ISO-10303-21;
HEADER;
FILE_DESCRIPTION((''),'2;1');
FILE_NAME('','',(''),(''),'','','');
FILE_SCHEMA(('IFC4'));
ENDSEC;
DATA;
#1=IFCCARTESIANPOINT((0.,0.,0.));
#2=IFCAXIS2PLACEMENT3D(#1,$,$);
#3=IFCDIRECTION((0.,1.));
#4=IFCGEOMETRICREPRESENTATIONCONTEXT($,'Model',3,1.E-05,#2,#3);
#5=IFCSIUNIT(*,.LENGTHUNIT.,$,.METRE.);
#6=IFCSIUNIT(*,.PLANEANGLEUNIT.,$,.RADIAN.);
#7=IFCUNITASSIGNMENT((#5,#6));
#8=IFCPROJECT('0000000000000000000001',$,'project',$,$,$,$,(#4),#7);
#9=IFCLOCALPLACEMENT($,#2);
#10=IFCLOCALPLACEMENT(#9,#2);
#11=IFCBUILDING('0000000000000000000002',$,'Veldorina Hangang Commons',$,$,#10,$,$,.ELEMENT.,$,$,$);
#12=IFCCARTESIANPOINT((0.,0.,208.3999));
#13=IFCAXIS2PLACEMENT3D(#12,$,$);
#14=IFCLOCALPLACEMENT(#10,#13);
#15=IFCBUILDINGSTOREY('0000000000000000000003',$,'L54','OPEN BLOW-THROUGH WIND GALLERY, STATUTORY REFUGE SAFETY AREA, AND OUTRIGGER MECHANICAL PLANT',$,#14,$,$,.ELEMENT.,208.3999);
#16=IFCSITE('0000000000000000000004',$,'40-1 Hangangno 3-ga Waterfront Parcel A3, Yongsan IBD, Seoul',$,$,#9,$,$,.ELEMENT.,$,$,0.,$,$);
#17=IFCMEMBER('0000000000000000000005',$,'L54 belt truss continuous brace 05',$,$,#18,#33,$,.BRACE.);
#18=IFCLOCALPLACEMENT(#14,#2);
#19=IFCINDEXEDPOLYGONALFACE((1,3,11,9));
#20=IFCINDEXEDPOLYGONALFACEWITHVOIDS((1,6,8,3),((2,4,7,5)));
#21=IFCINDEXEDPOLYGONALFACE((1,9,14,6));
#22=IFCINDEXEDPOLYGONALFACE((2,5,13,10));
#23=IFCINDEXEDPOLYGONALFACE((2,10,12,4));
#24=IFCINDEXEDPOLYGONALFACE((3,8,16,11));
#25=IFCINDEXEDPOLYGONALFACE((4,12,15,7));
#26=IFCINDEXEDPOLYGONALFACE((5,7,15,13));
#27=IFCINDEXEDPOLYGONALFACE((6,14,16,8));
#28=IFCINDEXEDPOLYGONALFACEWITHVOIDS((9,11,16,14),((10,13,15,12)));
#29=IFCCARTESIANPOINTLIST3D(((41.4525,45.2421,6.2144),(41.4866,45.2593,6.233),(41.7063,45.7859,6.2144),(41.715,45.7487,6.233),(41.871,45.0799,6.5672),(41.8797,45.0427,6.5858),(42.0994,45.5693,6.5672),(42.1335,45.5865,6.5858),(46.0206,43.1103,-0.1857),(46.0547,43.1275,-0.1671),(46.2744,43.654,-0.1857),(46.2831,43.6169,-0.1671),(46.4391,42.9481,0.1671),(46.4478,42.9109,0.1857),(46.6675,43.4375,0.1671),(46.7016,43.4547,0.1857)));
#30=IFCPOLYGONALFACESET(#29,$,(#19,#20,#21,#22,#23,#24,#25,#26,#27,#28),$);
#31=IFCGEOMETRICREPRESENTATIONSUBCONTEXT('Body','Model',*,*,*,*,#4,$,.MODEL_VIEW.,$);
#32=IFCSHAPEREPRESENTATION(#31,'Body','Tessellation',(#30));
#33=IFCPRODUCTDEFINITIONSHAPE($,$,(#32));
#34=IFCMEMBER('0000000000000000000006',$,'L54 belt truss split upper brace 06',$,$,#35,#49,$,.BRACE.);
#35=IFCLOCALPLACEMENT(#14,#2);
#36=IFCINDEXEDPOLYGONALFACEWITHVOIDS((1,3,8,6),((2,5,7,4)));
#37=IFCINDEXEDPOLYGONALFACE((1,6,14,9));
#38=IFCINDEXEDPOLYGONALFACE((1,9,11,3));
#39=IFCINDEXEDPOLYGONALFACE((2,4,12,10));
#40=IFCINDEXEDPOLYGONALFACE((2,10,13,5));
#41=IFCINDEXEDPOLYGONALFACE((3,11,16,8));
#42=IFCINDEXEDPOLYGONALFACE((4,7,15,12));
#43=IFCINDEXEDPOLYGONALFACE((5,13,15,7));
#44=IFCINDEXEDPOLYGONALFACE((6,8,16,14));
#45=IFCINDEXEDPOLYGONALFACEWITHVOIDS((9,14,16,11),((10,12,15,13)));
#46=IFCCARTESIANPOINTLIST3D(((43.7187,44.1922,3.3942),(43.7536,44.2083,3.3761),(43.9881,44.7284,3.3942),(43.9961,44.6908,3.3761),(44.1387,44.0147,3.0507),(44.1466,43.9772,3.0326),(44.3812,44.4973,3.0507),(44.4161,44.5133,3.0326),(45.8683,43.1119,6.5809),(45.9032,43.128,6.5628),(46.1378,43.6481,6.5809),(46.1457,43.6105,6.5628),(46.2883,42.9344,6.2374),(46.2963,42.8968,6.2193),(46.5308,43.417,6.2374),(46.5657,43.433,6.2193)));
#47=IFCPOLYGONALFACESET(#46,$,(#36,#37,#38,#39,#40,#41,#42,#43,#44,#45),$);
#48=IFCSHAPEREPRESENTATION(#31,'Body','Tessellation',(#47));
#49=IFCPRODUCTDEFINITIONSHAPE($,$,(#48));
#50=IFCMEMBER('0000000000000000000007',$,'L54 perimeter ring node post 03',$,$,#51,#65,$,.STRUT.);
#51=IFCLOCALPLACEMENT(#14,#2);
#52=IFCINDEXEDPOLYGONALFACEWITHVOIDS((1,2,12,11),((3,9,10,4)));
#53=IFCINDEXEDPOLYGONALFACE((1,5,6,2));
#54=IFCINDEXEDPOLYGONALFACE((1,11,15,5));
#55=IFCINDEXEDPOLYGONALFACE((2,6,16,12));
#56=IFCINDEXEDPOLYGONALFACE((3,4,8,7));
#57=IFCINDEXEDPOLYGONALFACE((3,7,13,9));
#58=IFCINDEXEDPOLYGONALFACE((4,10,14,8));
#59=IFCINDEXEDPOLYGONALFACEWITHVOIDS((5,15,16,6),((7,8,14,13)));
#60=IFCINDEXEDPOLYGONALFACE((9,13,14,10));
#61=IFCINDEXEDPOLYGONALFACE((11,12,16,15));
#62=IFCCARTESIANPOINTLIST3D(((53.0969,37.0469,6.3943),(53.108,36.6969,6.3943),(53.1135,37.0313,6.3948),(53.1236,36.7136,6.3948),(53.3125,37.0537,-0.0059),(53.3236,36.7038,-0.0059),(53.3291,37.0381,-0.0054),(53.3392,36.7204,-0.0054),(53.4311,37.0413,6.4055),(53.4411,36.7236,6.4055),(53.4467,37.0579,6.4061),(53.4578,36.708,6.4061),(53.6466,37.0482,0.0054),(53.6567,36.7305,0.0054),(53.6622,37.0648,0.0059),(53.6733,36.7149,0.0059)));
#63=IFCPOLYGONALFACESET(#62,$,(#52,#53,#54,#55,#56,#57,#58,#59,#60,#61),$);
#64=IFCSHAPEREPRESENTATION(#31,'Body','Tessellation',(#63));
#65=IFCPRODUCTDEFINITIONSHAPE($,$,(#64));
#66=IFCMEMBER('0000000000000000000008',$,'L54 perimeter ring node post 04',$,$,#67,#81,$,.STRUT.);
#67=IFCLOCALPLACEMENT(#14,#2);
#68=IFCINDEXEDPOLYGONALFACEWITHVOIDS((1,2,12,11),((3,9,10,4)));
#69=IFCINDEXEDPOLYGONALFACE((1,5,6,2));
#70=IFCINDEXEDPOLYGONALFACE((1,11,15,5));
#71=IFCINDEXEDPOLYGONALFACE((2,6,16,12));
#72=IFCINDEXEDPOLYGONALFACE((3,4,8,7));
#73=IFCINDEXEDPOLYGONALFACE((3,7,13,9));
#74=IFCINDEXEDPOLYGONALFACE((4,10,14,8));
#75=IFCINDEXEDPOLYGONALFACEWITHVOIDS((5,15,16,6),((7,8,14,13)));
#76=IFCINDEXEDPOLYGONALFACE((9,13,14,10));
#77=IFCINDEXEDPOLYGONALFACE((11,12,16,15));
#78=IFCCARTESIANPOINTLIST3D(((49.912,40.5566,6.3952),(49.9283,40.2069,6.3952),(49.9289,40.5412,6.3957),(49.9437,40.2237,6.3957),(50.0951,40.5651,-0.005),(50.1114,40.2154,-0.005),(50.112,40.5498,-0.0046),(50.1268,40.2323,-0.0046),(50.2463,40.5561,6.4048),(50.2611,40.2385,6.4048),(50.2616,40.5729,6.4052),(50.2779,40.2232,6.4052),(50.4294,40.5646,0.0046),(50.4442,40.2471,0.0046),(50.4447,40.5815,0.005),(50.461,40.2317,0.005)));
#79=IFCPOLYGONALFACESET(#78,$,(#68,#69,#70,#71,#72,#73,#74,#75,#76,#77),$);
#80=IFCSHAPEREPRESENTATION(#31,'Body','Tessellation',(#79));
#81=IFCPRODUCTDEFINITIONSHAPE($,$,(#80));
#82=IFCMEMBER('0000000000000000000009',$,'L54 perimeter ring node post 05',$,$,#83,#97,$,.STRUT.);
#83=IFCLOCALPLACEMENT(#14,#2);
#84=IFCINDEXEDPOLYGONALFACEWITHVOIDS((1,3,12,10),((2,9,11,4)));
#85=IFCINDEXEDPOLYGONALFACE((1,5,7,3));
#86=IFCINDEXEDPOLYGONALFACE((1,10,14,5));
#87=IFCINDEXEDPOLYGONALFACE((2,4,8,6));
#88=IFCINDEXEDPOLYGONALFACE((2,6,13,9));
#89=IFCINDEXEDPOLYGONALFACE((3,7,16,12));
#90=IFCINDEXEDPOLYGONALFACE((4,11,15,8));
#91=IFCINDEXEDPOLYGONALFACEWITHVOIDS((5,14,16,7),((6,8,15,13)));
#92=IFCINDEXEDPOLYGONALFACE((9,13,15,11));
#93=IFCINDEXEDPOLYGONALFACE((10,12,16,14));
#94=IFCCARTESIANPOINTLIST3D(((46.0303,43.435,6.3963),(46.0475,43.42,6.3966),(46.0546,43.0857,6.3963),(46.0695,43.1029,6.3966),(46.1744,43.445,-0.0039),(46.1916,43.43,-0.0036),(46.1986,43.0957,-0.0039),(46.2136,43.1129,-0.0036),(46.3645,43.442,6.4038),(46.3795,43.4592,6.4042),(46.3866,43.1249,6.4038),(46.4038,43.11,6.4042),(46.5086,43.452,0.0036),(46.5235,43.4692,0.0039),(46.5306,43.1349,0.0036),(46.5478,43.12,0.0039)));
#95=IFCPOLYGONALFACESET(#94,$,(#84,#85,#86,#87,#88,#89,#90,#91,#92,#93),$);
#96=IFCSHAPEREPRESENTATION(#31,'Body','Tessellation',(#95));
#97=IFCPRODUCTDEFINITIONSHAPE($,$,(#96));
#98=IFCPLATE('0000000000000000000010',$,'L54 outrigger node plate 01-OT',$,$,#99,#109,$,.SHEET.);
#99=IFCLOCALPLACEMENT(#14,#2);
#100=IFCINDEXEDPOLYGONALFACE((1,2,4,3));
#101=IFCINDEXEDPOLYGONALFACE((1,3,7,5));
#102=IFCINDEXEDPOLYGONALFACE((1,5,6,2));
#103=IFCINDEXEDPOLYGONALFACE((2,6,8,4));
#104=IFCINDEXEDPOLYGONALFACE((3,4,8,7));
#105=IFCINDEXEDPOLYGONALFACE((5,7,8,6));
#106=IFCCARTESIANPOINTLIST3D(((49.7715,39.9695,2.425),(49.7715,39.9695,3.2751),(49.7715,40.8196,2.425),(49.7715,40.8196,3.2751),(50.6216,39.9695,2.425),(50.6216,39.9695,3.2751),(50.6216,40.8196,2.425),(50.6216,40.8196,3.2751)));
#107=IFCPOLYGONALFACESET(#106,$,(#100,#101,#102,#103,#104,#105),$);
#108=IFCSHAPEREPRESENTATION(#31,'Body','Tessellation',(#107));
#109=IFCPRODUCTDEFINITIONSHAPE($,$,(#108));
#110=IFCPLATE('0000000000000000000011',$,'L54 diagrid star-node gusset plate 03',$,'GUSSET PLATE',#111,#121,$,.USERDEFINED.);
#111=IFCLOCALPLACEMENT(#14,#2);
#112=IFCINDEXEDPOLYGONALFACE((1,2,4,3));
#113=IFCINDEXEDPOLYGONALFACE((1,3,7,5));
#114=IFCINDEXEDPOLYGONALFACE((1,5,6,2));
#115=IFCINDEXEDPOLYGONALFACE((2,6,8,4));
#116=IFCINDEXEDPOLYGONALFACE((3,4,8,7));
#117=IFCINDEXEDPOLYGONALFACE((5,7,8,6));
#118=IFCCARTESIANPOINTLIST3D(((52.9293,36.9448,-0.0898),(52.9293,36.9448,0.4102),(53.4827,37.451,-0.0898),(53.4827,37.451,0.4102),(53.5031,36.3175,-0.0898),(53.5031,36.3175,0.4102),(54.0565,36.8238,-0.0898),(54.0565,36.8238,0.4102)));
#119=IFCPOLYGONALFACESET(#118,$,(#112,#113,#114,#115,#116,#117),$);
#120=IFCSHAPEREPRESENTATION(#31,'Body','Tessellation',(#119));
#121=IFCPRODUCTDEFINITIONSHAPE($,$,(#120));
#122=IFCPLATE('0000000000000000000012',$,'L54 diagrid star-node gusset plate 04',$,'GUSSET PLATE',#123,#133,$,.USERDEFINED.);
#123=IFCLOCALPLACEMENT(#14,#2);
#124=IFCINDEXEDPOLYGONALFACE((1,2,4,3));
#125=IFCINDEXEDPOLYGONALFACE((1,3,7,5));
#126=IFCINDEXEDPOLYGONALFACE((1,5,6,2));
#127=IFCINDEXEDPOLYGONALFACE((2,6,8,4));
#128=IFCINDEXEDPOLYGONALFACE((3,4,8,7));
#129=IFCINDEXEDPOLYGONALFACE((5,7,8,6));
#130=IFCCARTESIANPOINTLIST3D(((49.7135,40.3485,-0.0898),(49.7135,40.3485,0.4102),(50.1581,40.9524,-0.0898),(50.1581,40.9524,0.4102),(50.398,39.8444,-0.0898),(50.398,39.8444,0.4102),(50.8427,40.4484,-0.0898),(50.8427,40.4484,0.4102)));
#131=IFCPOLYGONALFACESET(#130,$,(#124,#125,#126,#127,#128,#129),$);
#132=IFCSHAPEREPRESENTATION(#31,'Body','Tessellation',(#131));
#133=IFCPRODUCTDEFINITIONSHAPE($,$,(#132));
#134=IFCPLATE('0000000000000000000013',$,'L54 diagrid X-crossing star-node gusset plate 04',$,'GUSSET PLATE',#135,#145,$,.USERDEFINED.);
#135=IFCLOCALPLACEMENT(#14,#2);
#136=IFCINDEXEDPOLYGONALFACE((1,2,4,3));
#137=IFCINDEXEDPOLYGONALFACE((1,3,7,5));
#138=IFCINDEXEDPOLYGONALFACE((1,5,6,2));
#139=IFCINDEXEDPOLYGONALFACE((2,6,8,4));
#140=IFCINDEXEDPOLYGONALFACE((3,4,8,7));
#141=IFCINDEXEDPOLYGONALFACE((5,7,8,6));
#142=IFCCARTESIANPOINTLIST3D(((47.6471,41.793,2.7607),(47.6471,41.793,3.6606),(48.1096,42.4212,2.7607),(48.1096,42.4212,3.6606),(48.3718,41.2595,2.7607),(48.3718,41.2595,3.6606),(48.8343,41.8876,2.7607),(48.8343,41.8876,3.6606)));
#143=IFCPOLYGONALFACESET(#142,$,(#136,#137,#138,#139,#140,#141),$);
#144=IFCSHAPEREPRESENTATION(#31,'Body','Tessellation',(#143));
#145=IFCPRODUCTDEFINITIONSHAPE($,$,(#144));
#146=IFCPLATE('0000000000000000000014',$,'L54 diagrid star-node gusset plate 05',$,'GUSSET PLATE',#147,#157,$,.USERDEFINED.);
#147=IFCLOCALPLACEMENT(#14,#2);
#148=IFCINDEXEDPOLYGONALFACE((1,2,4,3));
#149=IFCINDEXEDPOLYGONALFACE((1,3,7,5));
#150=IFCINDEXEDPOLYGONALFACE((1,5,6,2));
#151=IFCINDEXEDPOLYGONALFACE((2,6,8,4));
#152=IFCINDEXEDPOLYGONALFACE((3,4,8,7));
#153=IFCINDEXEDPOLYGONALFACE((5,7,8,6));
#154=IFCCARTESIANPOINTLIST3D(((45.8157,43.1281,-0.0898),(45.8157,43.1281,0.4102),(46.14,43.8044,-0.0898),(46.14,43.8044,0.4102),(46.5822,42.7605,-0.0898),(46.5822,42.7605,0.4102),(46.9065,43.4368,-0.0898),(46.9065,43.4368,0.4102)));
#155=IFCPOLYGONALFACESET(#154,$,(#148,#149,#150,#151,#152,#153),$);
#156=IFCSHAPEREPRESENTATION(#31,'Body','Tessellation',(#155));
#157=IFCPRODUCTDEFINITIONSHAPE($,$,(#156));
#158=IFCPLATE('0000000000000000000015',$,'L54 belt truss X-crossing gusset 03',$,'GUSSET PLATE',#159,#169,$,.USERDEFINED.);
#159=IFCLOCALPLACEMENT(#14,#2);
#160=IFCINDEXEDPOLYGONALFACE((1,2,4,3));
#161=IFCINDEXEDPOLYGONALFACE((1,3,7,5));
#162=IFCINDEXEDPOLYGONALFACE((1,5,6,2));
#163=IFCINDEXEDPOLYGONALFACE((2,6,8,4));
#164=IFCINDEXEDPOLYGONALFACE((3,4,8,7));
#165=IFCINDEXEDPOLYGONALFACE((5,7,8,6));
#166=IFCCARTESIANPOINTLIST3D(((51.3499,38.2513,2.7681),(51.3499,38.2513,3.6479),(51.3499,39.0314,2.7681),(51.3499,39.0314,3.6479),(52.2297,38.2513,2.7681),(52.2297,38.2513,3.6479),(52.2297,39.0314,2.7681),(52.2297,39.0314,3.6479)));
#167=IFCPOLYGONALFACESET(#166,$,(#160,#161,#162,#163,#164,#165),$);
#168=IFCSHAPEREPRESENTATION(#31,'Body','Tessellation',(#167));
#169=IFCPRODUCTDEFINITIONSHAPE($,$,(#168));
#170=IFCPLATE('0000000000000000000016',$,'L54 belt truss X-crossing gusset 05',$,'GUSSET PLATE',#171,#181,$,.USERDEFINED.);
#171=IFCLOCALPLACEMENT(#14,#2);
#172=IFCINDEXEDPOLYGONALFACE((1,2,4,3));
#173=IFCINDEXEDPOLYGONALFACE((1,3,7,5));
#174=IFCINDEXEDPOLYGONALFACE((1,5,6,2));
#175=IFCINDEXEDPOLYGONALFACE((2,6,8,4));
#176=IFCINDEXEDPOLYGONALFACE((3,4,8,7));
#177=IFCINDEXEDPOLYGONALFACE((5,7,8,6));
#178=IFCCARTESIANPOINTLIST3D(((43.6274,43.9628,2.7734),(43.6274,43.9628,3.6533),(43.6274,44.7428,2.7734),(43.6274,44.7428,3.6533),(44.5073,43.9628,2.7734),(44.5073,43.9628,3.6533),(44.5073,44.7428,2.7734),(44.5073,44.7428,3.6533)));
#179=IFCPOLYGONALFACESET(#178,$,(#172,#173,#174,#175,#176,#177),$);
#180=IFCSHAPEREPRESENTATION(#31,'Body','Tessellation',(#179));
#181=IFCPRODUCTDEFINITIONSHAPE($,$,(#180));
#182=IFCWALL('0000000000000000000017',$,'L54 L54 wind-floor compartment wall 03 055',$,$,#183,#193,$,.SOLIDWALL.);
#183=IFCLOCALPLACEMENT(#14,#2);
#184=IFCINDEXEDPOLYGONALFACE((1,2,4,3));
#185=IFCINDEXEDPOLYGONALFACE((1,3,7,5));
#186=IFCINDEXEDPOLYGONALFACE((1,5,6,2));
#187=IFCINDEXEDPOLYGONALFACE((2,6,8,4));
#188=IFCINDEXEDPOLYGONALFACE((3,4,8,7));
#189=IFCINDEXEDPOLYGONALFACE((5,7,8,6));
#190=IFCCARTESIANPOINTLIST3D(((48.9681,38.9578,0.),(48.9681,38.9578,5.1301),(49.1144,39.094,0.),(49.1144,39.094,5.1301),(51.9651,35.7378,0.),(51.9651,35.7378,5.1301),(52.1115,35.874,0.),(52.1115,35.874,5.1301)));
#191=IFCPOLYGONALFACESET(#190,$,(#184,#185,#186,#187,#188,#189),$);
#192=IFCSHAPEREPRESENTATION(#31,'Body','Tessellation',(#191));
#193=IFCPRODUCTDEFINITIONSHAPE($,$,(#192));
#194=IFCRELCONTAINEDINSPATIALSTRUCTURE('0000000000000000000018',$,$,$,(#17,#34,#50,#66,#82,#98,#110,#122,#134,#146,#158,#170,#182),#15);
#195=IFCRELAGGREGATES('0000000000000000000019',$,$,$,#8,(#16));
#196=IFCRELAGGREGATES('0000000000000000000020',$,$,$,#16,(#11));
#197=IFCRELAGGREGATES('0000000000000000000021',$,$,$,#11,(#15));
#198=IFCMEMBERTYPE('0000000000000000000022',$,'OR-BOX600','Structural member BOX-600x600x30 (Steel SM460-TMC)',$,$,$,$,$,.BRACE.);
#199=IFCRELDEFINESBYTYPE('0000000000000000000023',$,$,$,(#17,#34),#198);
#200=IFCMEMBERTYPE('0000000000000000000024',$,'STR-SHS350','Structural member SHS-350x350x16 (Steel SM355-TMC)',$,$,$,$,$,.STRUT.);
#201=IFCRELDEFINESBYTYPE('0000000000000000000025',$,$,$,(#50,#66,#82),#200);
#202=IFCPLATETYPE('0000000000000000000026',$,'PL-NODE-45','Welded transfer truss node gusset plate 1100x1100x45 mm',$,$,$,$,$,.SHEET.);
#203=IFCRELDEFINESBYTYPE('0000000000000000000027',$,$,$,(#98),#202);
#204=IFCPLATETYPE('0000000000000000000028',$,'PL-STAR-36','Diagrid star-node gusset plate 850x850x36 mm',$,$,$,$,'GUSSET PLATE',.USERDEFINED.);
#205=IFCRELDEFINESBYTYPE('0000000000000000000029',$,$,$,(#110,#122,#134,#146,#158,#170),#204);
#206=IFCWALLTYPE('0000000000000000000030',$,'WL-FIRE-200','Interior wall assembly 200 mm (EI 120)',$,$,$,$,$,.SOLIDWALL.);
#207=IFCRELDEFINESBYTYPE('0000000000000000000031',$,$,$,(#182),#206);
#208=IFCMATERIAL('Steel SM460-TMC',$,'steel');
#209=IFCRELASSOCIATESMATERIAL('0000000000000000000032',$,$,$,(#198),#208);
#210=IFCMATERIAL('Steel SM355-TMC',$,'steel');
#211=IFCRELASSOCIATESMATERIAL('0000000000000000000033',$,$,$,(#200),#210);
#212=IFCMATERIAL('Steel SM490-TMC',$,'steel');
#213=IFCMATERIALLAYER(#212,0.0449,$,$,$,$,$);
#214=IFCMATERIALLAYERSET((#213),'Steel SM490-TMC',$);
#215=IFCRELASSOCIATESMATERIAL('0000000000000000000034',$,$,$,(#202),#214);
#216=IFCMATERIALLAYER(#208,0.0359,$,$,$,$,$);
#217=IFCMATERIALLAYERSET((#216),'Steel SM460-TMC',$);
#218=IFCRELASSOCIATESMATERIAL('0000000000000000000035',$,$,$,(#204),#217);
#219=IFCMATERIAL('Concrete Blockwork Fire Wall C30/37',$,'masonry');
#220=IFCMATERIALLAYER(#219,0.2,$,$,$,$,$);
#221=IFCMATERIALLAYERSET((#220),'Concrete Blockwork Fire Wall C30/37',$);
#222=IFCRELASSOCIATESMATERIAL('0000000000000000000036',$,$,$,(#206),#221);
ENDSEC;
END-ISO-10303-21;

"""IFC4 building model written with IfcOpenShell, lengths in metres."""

from ifc_helpers import new_model, si_unit, direction, frame, frame_2d, origin, origin_2d, place, context, subcontext, project, spatial, rectangle, hollow_rectangle, extrude, material, layer, layer_set, material_profile, profile_set, type_object, element, save


model = new_model("IFC4")

# Units and contexts
model_context = context("Model", 3, precision=1e-05, world=origin(), true_north=direction((0.0, 1.0)))
body_context = subcontext(model_context, "Body", "Model", "MODEL_VIEW")
ifc_project = project(units=[si_unit("LENGTHUNIT", "METRE"), si_unit("PLANEANGLEUNIT", "RADIAN")], contexts=[model_context])

# Site, building, storey
site_placement = place(None, origin())
site = spatial("IfcSite", under=ifc_project, at=site_placement, Name="40-1 Hangangno 3-ga Waterfront Parcel A3, Yongsan IBD, Seoul", CompositionType="ELEMENT", RefElevation=0.0)
building_placement = place(site_placement, origin())
building = spatial("IfcBuilding", under=site, at=building_placement, Name="Veldorina Hangang Commons", CompositionType="ELEMENT")
storey_placement = place(building_placement, frame((0.0, 0.0, 208.3999)))
storey = spatial("IfcBuildingStorey", under=building, at=storey_placement, Name="L54", Description="OPEN BLOW-THROUGH WIND GALLERY, STATUTORY REFUGE SAFETY AREA, AND OUTRIGGER MECHANICAL PLANT", CompositionType="ELEMENT", Elevation=208.3999)

# Shared definitions
ifc_material_1 = material(Name="Steel SM460-TMC", Category="steel")
ifc_material_2 = material(Name="Steel SM355-TMC", Category="steel")

# Members
ifc_material_profile_1 = material_profile(ifc_material_1, hollow_rectangle(XDim=0.6001, YDim=0.6001, WallThickness=0.03, at=origin_2d()), Name="BOX-600x600x30")
ifc_profile_set_1 = profile_set([ifc_material_profile_1], Name="Steel SM460-TMC")
member_type_1 = type_object("IfcMemberType", Name="OR-BOX600", Description="Structural member BOX-600x600x30 (Steel SM460-TMC)", PredefinedType="BRACE", material=ifc_profile_set_1)
member_1_placement = place(storey_placement, frame((46.3611, 43.2825, 0.0), z_axis=(-0.560709, 0.26167, 0.785579), x_axis=(-0.422893, -0.906179, 0.0)))
element("IfcMember", 1, at=member_1_placement, inside=storey, type_object=member_type_1, Name="L54 belt truss continuous brace 05", PredefinedType="BRACE", context=body_context, shape_type="SweptSolid", body=[
    extrude(hollow_rectangle(XDim=0.6001, YDim=0.6001, WallThickness=0.03, at=origin_2d()), origin(), (0.0, 0.0, 1.0), 8.147),
])
member_2_placement = place(storey_placement, frame((44.0674, 44.3528, 3.2134), z_axis=(0.538364, -0.270558, 0.798099), x_axis=(0.449039, 0.893512, 0.0)))
element("IfcMember", 2, at=member_2_placement, inside=storey, type_object=member_type_1, Name="L54 belt truss split upper brace 06", PredefinedType="BRACE", context=body_context, shape_type="SweptSolid", body=[
    extrude(hollow_rectangle(XDim=0.6001, YDim=0.6001, WallThickness=0.03, at=origin_2d()), origin(), (0.0, 0.0, 1.0), 3.9929),
])
ifc_material_profile_2 = material_profile(ifc_material_2, hollow_rectangle(XDim=0.3501, YDim=0.3501, WallThickness=0.0161, at=origin_2d()), Name="SHS-350x350x16")
ifc_profile_set_2 = profile_set([ifc_material_profile_2], Name="Steel SM355-TMC")
member_type_2 = type_object("IfcMemberType", Name="STR-SHS350", Description="Structural member SHS-350x350x16 (Steel SM355-TMC)", PredefinedType="STRUT", material=ifc_profile_set_2)
member_3_placement = place(storey_placement, frame((53.4929, 36.8843, 0.0), z_axis=(-0.033664, -0.001067, 0.999433), x_axis=(0.031694, -0.999498, 0.0)))
element("IfcMember", 3, at=member_3_placement, inside=storey, type_object=member_type_2, Name="L54 perimeter ring node post 03", PredefinedType="STRUT", context=body_context, shape_type="SweptSolid", body=[
    extrude(hollow_rectangle(XDim=0.3501, YDim=0.3501, WallThickness=0.0161, at=origin_2d()), origin(), (0.0, 0.0, 1.0), 6.4038),
])
member_4_placement = place(storey_placement, frame((50.2781, 40.3984, 0.0), z_axis=(-0.028598, -0.001335, 0.99959), x_axis=(0.046616, -0.998913, 0.0)))
element("IfcMember", 4, at=member_4_placement, inside=storey, type_object=member_type_2, Name="L54 perimeter ring node post 04", PredefinedType="STRUT", context=body_context, shape_type="SweptSolid", body=[
    extrude(hollow_rectangle(XDim=0.3501, YDim=0.3501, WallThickness=0.0161, at=origin_2d()), origin(), (0.0, 0.0, 1.0), 6.4028),
])
member_5_placement = place(storey_placement, frame((46.3611, 43.2825, 0.0), z_axis=(-0.0225, -0.001564, 0.999746), x_axis=(0.069324, -0.997594, 0.0)))
element("IfcMember", 5, at=member_5_placement, inside=storey, type_object=member_type_2, Name="L54 perimeter ring node post 05", PredefinedType="STRUT", context=body_context, shape_type="SweptSolid", body=[
    extrude(hollow_rectangle(XDim=0.3501, YDim=0.3501, WallThickness=0.0161, at=origin_2d()), origin(), (0.0, 0.0, 1.0), 6.4019),
])

# Plates
ifc_material_3 = material(Name="Steel SM490-TMC", Category="steel")
ifc_layer_1 = layer(ifc_material_3, 0.0449)
ifc_layer_set_1 = layer_set([ifc_layer_1], Name="Steel SM490-TMC")
plate_type_1 = type_object("IfcPlateType", Name="PL-NODE-45", Description="Welded transfer truss node gusset plate 1100x1100x45 mm", PredefinedType="SHEET", material=ifc_layer_set_1)
plate_1_placement = place(storey_placement, frame((50.1965, 40.3945, 2.425), z_axis=(0.0, 0.0, 1.0), x_axis=(1.0, 0.0, 0.0)))
element("IfcPlate", 6, at=plate_1_placement, inside=storey, type_object=plate_type_1, Name="L54 outrigger node plate 01-OT", PredefinedType="SHEET", context=body_context, shape_type="SweptSolid", body=[
    extrude(rectangle(XDim=0.8501, YDim=0.8501, at=origin_2d()), origin(), (0.0, 0.0, 1.0), 0.8501),
])
ifc_layer_2 = layer(ifc_material_1, 0.0359)
ifc_layer_set_2 = layer_set([ifc_layer_2], Name="Steel SM460-TMC")
plate_type_2 = type_object("IfcPlateType", Name="PL-STAR-36", Description="Diagrid star-node gusset plate 850x850x36 mm", ElementType="GUSSET PLATE", PredefinedType="USERDEFINED", material=ifc_layer_set_2)
for number, where, z_axis, x_axis, name in (
    (7, (53.4929, 36.8843, -0.0898), (0.0, 0.0, 1.0), (-0.674959, 0.737855, 0.0), "L54 diagrid star-node gusset plate 03"),
    (8, (50.2781, 40.3984, -0.0898), (0.0, 0.0, 1.0), (-0.805266, 0.592913, 0.0), "L54 diagrid star-node gusset plate 04"),
):
    element("IfcPlate", number, at=place(storey_placement, frame(where, z_axis=z_axis, x_axis=x_axis)), inside=storey, type_object=plate_type_2, Name=name, ObjectType="GUSSET PLATE", PredefinedType="USERDEFINED", context=body_context, shape_type="SweptSolid", body=[
        extrude(rectangle(XDim=0.8501, YDim=0.75, at=origin_2d()), origin(), (0.0, 0.0, 1.0), 0.5),
    ])
plate_2_placement = place(storey_placement, frame((48.2407, 41.8403, 2.7607), z_axis=(0.0, 0.0, 1.0), x_axis=(-0.805266, 0.592913, 0.0)))
element("IfcPlate", 9, at=plate_2_placement, inside=storey, type_object=plate_type_2, Name="L54 diagrid X-crossing star-node gusset plate 04", ObjectType="GUSSET PLATE", PredefinedType="USERDEFINED", context=body_context, shape_type="SweptSolid", body=[
    extrude(rectangle(XDim=0.8999, YDim=0.78, at=origin_2d()), origin(), (0.0, 0.0, 1.0), 0.8999),
])
plate_3_placement = place(storey_placement, frame((46.3611, 43.2825, -0.0898), z_axis=(0.0, 0.0, 1.0), x_axis=(-0.901682, 0.432401, 0.0)))
element("IfcPlate", 10, at=plate_3_placement, inside=storey, type_object=plate_type_2, Name="L54 diagrid star-node gusset plate 05", ObjectType="GUSSET PLATE", PredefinedType="USERDEFINED", context=body_context, shape_type="SweptSolid", body=[
    extrude(rectangle(XDim=0.8501, YDim=0.75, at=origin_2d()), origin(), (0.0, 0.0, 1.0), 0.5),
])
for number, where, z_axis, x_axis, name in (
    (11, (51.7898, 38.6414, 2.7681), (0.0, 0.0, 1.0), (1.0, 0.0, 0.0), "L54 belt truss X-crossing gusset 03"),
    (12, (44.0674, 44.3528, 2.7734), (0.0, 0.0, 1.0), (1.0, 0.0, 0.0), "L54 belt truss X-crossing gusset 05"),
):
    element("IfcPlate", number, at=place(storey_placement, frame(where, z_axis=z_axis, x_axis=x_axis)), inside=storey, type_object=plate_type_2, Name=name, ObjectType="GUSSET PLATE", PredefinedType="USERDEFINED", context=body_context, shape_type="SweptSolid", body=[
        extrude(rectangle(XDim=0.8799, YDim=0.78, at=origin_2d()), origin(), (0.0, 0.0, 1.0), 0.8799),
    ])

# Wall
ifc_material_4 = material(Name="Concrete Blockwork Fire Wall C30/37", Category="masonry")
ifc_layer_3 = layer(ifc_material_4, 0.2)
ifc_layer_set_3 = layer_set([ifc_layer_3], Name="Concrete Blockwork Fire Wall C30/37")
wall_type = type_object("IfcWallType", Name="WL-FIRE-200", Description="Interior wall assembly 200 mm (EI 120)", PredefinedType="SOLIDWALL", material=ifc_layer_set_3)
wall_1_placement = place(storey_placement, frame((52.0383, 35.8059, 0.0), z_axis=(0.0, 0.0, 1.0), x_axis=(-0.681317, 0.731988, 0.0)))
element("IfcWall", 13, at=wall_1_placement, inside=storey, type_object=wall_type, Name="L54 L54 wind-floor compartment wall 03 055", PredefinedType="SOLIDWALL", context=body_context, shape_type="SweptSolid", body=[
    extrude(rectangle(XDim=4.3989, YDim=0.2, at=frame_2d((2.1995, 0.0))), origin(), (0.0, 0.0, 1.0), 5.1301),
])

save(model, "model.ifc")
